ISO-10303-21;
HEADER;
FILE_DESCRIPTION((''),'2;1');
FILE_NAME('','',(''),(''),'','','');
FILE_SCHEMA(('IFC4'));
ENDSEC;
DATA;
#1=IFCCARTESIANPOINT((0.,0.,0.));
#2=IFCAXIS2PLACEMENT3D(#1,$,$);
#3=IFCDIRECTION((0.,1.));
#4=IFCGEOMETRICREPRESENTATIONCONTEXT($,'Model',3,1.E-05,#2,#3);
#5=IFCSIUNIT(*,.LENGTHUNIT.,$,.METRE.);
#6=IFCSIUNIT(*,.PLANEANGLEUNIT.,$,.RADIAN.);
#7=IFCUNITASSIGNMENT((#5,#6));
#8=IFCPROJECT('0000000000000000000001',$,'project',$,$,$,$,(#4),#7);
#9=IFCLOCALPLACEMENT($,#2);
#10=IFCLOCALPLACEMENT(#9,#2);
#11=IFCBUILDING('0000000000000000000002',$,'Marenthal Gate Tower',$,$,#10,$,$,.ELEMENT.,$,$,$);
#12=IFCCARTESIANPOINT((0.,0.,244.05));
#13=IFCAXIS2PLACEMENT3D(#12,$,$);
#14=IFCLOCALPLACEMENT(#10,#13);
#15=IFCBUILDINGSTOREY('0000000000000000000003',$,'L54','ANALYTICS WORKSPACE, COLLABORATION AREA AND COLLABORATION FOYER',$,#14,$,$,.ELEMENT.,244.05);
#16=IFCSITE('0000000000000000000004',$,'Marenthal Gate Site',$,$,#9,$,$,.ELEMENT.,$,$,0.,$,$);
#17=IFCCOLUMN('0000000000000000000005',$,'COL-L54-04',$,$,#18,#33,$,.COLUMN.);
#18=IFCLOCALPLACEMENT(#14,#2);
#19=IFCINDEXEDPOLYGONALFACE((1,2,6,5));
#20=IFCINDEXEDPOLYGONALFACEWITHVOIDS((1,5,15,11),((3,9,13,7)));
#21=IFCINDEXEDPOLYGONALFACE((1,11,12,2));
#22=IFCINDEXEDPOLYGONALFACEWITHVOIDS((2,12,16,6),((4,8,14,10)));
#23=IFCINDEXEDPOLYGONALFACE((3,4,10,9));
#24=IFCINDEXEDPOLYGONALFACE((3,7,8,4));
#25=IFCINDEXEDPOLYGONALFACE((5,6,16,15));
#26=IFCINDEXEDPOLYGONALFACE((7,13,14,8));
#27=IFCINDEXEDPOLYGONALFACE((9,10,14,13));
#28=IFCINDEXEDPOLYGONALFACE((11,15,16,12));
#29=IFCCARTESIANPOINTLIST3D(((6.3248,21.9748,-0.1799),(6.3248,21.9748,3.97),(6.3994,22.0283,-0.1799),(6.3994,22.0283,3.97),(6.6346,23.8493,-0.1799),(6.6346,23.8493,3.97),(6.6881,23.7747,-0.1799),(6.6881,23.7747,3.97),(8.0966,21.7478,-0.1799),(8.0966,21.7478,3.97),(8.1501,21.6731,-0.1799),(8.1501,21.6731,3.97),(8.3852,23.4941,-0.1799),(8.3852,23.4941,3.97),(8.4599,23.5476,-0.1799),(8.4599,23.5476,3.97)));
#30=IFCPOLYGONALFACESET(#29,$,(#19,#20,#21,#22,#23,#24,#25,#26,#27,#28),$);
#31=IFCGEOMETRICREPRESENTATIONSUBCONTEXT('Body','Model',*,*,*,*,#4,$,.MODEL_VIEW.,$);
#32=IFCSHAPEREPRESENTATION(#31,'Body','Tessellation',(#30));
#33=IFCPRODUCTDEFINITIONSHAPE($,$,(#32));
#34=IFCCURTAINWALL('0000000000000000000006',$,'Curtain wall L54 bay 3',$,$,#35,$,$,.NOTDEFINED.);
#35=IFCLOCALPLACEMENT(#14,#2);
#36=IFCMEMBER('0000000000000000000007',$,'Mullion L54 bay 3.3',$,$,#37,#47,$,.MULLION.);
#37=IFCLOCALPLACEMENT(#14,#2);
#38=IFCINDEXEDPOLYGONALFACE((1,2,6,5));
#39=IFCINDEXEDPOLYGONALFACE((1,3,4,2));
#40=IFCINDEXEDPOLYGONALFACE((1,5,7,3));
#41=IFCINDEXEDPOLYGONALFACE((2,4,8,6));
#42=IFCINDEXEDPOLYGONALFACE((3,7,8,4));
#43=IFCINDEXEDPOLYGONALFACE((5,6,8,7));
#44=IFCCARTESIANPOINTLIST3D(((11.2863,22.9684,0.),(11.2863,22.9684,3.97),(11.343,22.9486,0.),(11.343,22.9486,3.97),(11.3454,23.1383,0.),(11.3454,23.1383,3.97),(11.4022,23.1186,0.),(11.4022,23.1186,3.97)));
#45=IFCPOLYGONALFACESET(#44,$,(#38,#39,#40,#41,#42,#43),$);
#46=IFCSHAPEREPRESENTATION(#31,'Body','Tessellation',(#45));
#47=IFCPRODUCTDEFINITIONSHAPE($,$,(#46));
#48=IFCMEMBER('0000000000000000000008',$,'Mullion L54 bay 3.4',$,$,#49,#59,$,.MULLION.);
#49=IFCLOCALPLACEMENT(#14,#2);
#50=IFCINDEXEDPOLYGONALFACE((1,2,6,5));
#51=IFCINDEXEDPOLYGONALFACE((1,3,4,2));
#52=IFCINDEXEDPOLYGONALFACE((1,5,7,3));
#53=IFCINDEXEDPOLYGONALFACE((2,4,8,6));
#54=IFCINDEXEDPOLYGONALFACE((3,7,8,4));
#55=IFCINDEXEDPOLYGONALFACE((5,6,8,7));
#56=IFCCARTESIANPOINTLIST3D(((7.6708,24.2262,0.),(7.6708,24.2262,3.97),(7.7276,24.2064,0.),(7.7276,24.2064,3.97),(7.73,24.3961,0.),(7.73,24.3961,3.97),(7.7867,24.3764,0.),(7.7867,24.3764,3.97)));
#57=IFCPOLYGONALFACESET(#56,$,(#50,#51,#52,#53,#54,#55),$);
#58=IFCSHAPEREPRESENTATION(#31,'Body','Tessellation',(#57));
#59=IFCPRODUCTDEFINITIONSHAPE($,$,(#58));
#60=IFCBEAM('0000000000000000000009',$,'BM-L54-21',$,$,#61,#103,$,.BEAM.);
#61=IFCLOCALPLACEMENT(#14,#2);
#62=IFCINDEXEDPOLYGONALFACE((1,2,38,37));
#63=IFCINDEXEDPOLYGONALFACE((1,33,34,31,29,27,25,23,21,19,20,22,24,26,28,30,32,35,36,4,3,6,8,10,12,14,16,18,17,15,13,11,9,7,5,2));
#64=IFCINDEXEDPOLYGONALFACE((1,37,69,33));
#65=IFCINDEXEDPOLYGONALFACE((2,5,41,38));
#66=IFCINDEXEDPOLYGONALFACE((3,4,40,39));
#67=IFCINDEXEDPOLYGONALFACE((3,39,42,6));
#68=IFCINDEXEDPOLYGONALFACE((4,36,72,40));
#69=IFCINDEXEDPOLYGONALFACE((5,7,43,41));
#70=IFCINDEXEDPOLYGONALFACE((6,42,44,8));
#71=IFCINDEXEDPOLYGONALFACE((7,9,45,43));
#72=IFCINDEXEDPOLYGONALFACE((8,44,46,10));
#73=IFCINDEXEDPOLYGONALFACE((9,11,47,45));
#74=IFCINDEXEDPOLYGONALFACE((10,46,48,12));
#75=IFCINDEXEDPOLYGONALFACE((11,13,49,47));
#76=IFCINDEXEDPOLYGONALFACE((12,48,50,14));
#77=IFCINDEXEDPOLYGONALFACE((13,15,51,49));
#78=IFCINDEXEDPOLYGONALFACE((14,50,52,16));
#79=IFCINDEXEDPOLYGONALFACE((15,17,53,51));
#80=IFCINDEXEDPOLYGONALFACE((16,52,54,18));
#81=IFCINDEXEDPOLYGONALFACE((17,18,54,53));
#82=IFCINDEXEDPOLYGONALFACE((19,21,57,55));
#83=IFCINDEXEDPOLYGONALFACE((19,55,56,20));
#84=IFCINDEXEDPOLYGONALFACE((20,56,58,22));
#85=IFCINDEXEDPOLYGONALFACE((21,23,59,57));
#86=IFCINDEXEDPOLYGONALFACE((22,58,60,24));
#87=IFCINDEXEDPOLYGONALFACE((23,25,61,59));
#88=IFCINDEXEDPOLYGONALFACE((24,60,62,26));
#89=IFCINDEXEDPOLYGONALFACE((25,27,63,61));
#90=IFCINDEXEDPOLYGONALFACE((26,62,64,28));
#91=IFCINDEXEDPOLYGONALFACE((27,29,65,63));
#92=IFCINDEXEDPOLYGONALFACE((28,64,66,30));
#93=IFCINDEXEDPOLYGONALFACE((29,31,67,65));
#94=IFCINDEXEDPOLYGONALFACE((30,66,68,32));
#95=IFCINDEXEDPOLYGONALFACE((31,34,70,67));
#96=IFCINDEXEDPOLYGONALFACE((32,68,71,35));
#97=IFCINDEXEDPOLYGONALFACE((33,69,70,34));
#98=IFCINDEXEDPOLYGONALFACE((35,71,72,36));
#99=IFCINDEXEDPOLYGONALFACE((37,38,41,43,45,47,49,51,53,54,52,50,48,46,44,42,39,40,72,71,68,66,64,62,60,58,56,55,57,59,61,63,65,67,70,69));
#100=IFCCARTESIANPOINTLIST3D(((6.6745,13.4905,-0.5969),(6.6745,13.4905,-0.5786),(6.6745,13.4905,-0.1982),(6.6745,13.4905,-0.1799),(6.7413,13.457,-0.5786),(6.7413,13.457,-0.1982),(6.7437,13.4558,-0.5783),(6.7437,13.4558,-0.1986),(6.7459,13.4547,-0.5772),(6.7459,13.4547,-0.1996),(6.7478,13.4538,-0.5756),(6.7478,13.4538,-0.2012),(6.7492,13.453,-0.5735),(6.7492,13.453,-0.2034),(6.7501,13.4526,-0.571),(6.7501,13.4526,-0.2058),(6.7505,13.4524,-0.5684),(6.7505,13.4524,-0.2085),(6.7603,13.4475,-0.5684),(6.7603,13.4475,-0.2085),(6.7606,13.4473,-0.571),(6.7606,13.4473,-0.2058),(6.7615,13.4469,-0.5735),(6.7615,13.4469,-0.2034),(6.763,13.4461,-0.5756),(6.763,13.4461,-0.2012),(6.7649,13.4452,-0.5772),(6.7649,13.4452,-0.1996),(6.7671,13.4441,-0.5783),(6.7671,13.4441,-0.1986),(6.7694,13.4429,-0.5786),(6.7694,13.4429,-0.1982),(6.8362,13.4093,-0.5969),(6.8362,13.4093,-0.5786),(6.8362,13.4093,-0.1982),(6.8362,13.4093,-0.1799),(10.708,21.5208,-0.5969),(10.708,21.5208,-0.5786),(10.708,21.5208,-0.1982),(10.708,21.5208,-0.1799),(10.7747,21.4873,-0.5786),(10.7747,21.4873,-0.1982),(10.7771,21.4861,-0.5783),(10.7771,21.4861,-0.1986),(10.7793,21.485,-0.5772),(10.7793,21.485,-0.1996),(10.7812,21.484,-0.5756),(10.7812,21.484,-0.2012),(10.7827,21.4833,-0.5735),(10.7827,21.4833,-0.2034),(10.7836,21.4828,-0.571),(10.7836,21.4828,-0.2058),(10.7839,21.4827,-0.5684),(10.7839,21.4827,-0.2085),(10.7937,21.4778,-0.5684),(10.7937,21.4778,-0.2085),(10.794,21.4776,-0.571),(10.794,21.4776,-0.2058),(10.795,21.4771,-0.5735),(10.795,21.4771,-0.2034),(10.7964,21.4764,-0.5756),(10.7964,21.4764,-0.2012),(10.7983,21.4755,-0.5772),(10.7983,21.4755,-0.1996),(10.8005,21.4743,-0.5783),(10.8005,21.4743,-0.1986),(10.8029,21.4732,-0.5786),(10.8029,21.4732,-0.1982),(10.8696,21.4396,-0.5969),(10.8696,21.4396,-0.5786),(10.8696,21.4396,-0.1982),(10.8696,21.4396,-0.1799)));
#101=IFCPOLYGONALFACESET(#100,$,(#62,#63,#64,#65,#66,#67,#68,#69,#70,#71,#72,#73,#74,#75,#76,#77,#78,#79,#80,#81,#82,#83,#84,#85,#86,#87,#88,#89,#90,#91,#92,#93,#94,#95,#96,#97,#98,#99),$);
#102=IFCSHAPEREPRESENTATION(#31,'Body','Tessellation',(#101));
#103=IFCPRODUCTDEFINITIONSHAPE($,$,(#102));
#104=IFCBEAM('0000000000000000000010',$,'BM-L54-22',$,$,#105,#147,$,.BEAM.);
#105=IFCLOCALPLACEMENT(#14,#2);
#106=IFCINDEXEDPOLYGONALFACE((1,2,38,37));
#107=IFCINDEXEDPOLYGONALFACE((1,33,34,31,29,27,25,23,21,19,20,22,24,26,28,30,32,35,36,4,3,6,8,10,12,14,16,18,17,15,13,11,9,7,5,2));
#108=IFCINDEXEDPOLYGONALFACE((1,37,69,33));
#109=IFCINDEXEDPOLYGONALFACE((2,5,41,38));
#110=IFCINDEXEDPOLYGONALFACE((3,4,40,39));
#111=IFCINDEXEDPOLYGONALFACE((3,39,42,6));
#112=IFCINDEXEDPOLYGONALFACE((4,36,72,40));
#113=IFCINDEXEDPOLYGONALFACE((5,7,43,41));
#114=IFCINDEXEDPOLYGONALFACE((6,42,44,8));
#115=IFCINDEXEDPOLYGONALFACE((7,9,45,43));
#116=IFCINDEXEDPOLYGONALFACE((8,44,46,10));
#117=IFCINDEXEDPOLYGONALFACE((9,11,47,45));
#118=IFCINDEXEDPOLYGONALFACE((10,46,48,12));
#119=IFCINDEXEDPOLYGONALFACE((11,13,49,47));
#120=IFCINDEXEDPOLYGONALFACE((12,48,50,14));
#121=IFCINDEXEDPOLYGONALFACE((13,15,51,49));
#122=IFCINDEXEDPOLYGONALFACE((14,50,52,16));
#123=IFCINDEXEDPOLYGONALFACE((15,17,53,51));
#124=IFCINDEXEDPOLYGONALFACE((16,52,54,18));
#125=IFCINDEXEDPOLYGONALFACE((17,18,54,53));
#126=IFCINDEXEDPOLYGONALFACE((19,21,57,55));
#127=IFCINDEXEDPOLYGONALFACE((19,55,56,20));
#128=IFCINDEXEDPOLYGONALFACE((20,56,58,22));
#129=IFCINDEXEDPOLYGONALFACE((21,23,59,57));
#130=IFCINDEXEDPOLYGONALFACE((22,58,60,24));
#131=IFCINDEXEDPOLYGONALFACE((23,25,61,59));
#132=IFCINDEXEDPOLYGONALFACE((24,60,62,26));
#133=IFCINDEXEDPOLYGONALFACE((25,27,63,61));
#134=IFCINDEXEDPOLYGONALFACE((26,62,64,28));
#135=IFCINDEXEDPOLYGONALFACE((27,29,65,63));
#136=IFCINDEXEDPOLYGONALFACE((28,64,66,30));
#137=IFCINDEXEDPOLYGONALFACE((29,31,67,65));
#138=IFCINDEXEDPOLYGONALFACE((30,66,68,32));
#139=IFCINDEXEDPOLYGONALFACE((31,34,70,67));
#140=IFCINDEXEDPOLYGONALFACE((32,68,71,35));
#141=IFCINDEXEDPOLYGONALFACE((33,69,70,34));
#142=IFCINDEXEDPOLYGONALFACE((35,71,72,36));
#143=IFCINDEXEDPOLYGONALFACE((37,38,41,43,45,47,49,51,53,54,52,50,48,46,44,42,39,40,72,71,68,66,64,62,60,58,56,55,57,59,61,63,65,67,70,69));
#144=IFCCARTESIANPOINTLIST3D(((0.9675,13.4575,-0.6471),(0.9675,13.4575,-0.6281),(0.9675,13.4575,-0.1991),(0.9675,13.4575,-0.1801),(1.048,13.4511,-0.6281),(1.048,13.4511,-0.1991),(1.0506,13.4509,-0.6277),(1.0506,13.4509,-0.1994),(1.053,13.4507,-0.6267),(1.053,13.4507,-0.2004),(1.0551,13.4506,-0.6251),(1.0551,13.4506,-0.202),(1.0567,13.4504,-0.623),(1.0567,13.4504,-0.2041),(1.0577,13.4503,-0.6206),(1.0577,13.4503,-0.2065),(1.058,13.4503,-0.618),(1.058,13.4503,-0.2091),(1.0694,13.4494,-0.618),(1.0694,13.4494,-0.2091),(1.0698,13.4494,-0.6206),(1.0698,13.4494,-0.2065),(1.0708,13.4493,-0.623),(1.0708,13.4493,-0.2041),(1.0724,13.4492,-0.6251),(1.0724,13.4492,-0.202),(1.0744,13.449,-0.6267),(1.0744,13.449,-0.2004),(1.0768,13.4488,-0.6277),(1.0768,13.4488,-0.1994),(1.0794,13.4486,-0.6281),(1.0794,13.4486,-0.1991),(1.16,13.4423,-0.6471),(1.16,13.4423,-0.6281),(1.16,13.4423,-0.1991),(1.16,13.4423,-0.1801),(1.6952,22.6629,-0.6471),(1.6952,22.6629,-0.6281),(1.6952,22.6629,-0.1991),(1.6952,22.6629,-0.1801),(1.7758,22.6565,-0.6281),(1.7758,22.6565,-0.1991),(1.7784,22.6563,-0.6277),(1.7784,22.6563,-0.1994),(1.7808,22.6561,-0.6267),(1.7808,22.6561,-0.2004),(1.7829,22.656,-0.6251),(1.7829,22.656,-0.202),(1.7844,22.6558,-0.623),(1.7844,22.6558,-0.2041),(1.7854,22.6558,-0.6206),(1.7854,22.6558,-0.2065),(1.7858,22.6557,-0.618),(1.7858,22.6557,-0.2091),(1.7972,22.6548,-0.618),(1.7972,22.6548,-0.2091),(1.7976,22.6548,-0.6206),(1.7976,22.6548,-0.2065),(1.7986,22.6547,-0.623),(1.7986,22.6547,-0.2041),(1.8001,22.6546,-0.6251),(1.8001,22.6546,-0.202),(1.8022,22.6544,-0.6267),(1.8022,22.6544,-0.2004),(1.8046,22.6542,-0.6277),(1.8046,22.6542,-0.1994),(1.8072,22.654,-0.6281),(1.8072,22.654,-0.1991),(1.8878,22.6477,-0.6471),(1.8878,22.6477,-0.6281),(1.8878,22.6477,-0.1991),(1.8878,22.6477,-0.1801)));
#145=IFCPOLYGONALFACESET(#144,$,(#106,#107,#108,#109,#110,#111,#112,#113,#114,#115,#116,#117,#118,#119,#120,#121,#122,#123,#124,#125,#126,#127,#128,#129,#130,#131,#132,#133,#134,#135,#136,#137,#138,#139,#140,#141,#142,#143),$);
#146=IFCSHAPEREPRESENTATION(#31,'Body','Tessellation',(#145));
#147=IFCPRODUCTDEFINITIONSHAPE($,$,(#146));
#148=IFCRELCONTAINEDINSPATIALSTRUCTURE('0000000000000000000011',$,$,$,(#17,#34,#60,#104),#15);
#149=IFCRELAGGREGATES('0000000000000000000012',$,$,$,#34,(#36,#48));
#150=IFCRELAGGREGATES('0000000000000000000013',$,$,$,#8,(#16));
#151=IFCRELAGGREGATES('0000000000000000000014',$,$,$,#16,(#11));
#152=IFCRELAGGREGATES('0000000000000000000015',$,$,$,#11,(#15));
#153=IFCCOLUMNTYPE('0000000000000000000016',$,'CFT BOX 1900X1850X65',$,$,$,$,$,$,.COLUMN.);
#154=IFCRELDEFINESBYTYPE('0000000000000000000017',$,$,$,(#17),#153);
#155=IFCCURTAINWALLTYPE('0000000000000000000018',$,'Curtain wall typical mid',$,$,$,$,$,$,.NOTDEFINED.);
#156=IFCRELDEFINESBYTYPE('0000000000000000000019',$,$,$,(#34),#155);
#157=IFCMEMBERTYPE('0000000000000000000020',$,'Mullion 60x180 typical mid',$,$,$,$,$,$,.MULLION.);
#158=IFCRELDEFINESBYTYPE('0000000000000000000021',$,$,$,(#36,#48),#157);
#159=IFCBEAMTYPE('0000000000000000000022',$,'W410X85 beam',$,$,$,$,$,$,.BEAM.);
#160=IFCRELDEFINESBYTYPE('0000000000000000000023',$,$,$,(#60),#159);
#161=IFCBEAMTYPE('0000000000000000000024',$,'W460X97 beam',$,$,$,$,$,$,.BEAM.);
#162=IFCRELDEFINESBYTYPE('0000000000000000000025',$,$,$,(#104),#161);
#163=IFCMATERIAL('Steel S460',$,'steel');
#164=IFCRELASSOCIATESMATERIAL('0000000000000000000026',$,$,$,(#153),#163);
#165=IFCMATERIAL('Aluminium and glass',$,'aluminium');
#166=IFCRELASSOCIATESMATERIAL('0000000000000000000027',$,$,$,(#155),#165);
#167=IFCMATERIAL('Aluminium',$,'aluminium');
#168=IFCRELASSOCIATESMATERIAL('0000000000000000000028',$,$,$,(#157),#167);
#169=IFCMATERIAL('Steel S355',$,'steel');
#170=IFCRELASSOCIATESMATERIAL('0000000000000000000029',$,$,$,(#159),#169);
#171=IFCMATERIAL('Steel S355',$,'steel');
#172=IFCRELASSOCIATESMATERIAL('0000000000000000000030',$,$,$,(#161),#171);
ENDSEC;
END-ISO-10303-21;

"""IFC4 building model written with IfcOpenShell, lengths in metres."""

from ifc_helpers import new_model, si_unit, direction, frame, origin, origin_2d, place, context, subcontext, project, spatial, rectangle, hollow_rectangle, i_section, extrude, material, material_profile, profile_set, type_object, element, aggregate, save


model = new_model("IFC4")

# Units and contexts
model_context = context("Model", 3, precision=1e-05, world=origin(), true_north=direction((0.0, 1.0)))
body_context = subcontext(model_context, "Body", "Model", "MODEL_VIEW")
ifc_project = project(units=[si_unit("LENGTHUNIT", "METRE"), si_unit("PLANEANGLEUNIT", "RADIAN")], contexts=[model_context])

# Site, building, storey
site_placement = place(None, origin())
site = spatial("IfcSite", under=ifc_project, at=site_placement, Name="Marenthal Gate Site", CompositionType="ELEMENT", RefElevation=0.0)
building_placement = place(site_placement, origin())
building = spatial("IfcBuilding", under=site, at=building_placement, Name="Marenthal Gate Tower", CompositionType="ELEMENT")
storey_placement = place(building_placement, frame((0.0, 0.0, 244.05)))
storey = spatial("IfcBuildingStorey", under=building, at=storey_placement, Name="L54", Description="ANALYTICS WORKSPACE, COLLABORATION AREA AND COLLABORATION FOYER", CompositionType="ELEMENT", Elevation=244.05)

# Column
ifc_material_1 = material(Name="Steel S460", Category="steel")
ifc_material_profile_1 = material_profile(ifc_material_1, hollow_rectangle(XDim=1.8501, YDim=1.8999, WallThickness=0.0649, at=origin_2d()), Name="CFT BOX 1900X1850X65")
ifc_material_2 = material(Name="Concrete 70 MPa", Category="concrete")
ifc_material_profile_2 = material_profile(ifc_material_2, rectangle(XDim=1.72, YDim=1.77, at=origin_2d()), Name="CFT BOX 1900X1850X65 INFILL")
ifc_profile_set_1 = profile_set([ifc_material_profile_1, ifc_material_profile_2], Name="Steel S460 shell, Concrete 70 MPa infill")
column_type = type_object("IfcColumnType", Name="CFT BOX 1900X1850X65", PredefinedType="COLUMN", material=ifc_profile_set_1)
column_placement = place(storey_placement, frame((7.3923, 22.7612, -0.1799), z_axis=(0.0, 0.0, 1.0), x_axis=(0.986614, -0.163073, 0.0)))
element("IfcColumn", 1, at=column_placement, inside=storey, type_object=column_type, Name="COL-L54-04", PredefinedType="COLUMN", context=body_context, shape_type="SweptSolid", body=[
    extrude(hollow_rectangle(XDim=1.8501, YDim=1.8999, WallThickness=0.0649, at=origin_2d()), origin(), (0.0, 0.0, 1.0), 4.1499),
])

# Curtain wall, members
ifc_material_3 = material(Name="Aluminium and glass", Category="aluminium")
curtain_wall_type = type_object("IfcCurtainWallType", Name="Curtain wall typical mid", PredefinedType="NOTDEFINED", material=ifc_material_3)
curtain_wall_placement = place(storey_placement, origin())
curtain_wall = element("IfcCurtainWall", 2, at=curtain_wall_placement, inside=storey, type_object=curtain_wall_type, Name="Curtain wall L54 bay 3", PredefinedType="NOTDEFINED")
ifc_material_4 = material(Name="Aluminium", Category="aluminium")
ifc_material_profile_3 = material_profile(ifc_material_4, rectangle(XDim=0.1799, YDim=0.0601, at=origin_2d()), Name="60x180 aluminium mullion")
ifc_profile_set_2 = profile_set([ifc_material_profile_3], Name="Aluminium")
member_type = type_object("IfcMemberType", Name="Mullion 60x180 typical mid", PredefinedType="MULLION", material=ifc_profile_set_2)
member_1_placement = place(storey_placement, frame((11.3442, 23.0435, 0.0), z_axis=(0.0, 0.0, 1.0), x_axis=(-0.32854, -0.94449, 0.0)))
member_1 = element("IfcMember", 3, at=member_1_placement, type_object=member_type, Name="Mullion L54 bay 3.3", PredefinedType="MULLION", context=body_context, shape_type="SweptSolid", body=[
    extrude(rectangle(XDim=0.1799, YDim=0.0601, at=origin_2d()), origin(), (0.0, 0.0, 1.0), 3.97),
])
member_2_placement = place(storey_placement, frame((7.7288, 24.3013, 0.0), z_axis=(0.0, 0.0, 1.0), x_axis=(-0.32854, -0.94449, 0.0)))
member_2 = element("IfcMember", 4, at=member_2_placement, type_object=member_type, Name="Mullion L54 bay 3.4", PredefinedType="MULLION", context=body_context, shape_type="SweptSolid", body=[
    extrude(rectangle(XDim=0.1799, YDim=0.0601, at=origin_2d()), origin(), (0.0, 0.0, 1.0), 3.97),
])

# Beams
ifc_material_5 = material(Name="Steel S355", Category="steel")
ifc_material_profile_4 = material_profile(ifc_material_5, i_section(OverallWidth=0.1809, OverallDepth=0.417, WebThickness=0.011, FlangeThickness=0.0183, FilletRadius=0.0103, at=origin_2d()), Name="W410X85")
ifc_profile_set_3 = profile_set([ifc_material_profile_4], Name="Steel S355")
beam_type_1 = type_object("IfcBeamType", Name="W410X85 beam", PredefinedType="BEAM", material=ifc_profile_set_3)
beam_1_placement = place(storey_placement, frame((10.7888, 21.4802, -0.3884), z_axis=(-0.448843, -0.893611, 0.0), x_axis=(0.893611, -0.448843, 0.0)))
element("IfcBeam", 5, at=beam_1_placement, inside=storey, type_object=beam_type_1, Name="BM-L54-21", PredefinedType="BEAM", context=body_context, shape_type="SweptSolid", body=[
    extrude(i_section(OverallWidth=0.1809, OverallDepth=0.417, WebThickness=0.011, FlangeThickness=0.0183, FilletRadius=0.0103, at=origin_2d()), origin(), (0.0, 0.0, 1.0), 8.9863),
])
ifc_material_6 = material(Name="Steel S355", Category="steel")
ifc_material_profile_5 = material_profile(ifc_material_6, i_section(OverallWidth=0.1931, OverallDepth=0.467, WebThickness=0.0115, FlangeThickness=0.019, FilletRadius=0.01, at=origin_2d()), Name="W460X97")
ifc_profile_set_4 = profile_set([ifc_material_profile_5], Name="Steel S355")
beam_type_2 = type_object("IfcBeamType", Name="W460X97 beam", PredefinedType="BEAM", material=ifc_profile_set_4)
beam_2_placement = place(storey_placement, frame((1.7915, 22.6553, -0.4136), z_axis=(-0.078815, -0.996889, 0.0), x_axis=(0.996889, -0.078815, 0.0)))
element("IfcBeam", 6, at=beam_2_placement, inside=storey, type_object=beam_type_2, Name="BM-L54-22", PredefinedType="BEAM", context=body_context, shape_type="SweptSolid", body=[
    extrude(i_section(OverallWidth=0.1931, OverallDepth=0.467, WebThickness=0.0115, FlangeThickness=0.019, FilletRadius=0.01, at=origin_2d()), origin(), (0.0, 0.0, 1.0), 9.2341),
])

aggregate(curtain_wall, [member_1, member_2])

save(model, "model.ifc")
